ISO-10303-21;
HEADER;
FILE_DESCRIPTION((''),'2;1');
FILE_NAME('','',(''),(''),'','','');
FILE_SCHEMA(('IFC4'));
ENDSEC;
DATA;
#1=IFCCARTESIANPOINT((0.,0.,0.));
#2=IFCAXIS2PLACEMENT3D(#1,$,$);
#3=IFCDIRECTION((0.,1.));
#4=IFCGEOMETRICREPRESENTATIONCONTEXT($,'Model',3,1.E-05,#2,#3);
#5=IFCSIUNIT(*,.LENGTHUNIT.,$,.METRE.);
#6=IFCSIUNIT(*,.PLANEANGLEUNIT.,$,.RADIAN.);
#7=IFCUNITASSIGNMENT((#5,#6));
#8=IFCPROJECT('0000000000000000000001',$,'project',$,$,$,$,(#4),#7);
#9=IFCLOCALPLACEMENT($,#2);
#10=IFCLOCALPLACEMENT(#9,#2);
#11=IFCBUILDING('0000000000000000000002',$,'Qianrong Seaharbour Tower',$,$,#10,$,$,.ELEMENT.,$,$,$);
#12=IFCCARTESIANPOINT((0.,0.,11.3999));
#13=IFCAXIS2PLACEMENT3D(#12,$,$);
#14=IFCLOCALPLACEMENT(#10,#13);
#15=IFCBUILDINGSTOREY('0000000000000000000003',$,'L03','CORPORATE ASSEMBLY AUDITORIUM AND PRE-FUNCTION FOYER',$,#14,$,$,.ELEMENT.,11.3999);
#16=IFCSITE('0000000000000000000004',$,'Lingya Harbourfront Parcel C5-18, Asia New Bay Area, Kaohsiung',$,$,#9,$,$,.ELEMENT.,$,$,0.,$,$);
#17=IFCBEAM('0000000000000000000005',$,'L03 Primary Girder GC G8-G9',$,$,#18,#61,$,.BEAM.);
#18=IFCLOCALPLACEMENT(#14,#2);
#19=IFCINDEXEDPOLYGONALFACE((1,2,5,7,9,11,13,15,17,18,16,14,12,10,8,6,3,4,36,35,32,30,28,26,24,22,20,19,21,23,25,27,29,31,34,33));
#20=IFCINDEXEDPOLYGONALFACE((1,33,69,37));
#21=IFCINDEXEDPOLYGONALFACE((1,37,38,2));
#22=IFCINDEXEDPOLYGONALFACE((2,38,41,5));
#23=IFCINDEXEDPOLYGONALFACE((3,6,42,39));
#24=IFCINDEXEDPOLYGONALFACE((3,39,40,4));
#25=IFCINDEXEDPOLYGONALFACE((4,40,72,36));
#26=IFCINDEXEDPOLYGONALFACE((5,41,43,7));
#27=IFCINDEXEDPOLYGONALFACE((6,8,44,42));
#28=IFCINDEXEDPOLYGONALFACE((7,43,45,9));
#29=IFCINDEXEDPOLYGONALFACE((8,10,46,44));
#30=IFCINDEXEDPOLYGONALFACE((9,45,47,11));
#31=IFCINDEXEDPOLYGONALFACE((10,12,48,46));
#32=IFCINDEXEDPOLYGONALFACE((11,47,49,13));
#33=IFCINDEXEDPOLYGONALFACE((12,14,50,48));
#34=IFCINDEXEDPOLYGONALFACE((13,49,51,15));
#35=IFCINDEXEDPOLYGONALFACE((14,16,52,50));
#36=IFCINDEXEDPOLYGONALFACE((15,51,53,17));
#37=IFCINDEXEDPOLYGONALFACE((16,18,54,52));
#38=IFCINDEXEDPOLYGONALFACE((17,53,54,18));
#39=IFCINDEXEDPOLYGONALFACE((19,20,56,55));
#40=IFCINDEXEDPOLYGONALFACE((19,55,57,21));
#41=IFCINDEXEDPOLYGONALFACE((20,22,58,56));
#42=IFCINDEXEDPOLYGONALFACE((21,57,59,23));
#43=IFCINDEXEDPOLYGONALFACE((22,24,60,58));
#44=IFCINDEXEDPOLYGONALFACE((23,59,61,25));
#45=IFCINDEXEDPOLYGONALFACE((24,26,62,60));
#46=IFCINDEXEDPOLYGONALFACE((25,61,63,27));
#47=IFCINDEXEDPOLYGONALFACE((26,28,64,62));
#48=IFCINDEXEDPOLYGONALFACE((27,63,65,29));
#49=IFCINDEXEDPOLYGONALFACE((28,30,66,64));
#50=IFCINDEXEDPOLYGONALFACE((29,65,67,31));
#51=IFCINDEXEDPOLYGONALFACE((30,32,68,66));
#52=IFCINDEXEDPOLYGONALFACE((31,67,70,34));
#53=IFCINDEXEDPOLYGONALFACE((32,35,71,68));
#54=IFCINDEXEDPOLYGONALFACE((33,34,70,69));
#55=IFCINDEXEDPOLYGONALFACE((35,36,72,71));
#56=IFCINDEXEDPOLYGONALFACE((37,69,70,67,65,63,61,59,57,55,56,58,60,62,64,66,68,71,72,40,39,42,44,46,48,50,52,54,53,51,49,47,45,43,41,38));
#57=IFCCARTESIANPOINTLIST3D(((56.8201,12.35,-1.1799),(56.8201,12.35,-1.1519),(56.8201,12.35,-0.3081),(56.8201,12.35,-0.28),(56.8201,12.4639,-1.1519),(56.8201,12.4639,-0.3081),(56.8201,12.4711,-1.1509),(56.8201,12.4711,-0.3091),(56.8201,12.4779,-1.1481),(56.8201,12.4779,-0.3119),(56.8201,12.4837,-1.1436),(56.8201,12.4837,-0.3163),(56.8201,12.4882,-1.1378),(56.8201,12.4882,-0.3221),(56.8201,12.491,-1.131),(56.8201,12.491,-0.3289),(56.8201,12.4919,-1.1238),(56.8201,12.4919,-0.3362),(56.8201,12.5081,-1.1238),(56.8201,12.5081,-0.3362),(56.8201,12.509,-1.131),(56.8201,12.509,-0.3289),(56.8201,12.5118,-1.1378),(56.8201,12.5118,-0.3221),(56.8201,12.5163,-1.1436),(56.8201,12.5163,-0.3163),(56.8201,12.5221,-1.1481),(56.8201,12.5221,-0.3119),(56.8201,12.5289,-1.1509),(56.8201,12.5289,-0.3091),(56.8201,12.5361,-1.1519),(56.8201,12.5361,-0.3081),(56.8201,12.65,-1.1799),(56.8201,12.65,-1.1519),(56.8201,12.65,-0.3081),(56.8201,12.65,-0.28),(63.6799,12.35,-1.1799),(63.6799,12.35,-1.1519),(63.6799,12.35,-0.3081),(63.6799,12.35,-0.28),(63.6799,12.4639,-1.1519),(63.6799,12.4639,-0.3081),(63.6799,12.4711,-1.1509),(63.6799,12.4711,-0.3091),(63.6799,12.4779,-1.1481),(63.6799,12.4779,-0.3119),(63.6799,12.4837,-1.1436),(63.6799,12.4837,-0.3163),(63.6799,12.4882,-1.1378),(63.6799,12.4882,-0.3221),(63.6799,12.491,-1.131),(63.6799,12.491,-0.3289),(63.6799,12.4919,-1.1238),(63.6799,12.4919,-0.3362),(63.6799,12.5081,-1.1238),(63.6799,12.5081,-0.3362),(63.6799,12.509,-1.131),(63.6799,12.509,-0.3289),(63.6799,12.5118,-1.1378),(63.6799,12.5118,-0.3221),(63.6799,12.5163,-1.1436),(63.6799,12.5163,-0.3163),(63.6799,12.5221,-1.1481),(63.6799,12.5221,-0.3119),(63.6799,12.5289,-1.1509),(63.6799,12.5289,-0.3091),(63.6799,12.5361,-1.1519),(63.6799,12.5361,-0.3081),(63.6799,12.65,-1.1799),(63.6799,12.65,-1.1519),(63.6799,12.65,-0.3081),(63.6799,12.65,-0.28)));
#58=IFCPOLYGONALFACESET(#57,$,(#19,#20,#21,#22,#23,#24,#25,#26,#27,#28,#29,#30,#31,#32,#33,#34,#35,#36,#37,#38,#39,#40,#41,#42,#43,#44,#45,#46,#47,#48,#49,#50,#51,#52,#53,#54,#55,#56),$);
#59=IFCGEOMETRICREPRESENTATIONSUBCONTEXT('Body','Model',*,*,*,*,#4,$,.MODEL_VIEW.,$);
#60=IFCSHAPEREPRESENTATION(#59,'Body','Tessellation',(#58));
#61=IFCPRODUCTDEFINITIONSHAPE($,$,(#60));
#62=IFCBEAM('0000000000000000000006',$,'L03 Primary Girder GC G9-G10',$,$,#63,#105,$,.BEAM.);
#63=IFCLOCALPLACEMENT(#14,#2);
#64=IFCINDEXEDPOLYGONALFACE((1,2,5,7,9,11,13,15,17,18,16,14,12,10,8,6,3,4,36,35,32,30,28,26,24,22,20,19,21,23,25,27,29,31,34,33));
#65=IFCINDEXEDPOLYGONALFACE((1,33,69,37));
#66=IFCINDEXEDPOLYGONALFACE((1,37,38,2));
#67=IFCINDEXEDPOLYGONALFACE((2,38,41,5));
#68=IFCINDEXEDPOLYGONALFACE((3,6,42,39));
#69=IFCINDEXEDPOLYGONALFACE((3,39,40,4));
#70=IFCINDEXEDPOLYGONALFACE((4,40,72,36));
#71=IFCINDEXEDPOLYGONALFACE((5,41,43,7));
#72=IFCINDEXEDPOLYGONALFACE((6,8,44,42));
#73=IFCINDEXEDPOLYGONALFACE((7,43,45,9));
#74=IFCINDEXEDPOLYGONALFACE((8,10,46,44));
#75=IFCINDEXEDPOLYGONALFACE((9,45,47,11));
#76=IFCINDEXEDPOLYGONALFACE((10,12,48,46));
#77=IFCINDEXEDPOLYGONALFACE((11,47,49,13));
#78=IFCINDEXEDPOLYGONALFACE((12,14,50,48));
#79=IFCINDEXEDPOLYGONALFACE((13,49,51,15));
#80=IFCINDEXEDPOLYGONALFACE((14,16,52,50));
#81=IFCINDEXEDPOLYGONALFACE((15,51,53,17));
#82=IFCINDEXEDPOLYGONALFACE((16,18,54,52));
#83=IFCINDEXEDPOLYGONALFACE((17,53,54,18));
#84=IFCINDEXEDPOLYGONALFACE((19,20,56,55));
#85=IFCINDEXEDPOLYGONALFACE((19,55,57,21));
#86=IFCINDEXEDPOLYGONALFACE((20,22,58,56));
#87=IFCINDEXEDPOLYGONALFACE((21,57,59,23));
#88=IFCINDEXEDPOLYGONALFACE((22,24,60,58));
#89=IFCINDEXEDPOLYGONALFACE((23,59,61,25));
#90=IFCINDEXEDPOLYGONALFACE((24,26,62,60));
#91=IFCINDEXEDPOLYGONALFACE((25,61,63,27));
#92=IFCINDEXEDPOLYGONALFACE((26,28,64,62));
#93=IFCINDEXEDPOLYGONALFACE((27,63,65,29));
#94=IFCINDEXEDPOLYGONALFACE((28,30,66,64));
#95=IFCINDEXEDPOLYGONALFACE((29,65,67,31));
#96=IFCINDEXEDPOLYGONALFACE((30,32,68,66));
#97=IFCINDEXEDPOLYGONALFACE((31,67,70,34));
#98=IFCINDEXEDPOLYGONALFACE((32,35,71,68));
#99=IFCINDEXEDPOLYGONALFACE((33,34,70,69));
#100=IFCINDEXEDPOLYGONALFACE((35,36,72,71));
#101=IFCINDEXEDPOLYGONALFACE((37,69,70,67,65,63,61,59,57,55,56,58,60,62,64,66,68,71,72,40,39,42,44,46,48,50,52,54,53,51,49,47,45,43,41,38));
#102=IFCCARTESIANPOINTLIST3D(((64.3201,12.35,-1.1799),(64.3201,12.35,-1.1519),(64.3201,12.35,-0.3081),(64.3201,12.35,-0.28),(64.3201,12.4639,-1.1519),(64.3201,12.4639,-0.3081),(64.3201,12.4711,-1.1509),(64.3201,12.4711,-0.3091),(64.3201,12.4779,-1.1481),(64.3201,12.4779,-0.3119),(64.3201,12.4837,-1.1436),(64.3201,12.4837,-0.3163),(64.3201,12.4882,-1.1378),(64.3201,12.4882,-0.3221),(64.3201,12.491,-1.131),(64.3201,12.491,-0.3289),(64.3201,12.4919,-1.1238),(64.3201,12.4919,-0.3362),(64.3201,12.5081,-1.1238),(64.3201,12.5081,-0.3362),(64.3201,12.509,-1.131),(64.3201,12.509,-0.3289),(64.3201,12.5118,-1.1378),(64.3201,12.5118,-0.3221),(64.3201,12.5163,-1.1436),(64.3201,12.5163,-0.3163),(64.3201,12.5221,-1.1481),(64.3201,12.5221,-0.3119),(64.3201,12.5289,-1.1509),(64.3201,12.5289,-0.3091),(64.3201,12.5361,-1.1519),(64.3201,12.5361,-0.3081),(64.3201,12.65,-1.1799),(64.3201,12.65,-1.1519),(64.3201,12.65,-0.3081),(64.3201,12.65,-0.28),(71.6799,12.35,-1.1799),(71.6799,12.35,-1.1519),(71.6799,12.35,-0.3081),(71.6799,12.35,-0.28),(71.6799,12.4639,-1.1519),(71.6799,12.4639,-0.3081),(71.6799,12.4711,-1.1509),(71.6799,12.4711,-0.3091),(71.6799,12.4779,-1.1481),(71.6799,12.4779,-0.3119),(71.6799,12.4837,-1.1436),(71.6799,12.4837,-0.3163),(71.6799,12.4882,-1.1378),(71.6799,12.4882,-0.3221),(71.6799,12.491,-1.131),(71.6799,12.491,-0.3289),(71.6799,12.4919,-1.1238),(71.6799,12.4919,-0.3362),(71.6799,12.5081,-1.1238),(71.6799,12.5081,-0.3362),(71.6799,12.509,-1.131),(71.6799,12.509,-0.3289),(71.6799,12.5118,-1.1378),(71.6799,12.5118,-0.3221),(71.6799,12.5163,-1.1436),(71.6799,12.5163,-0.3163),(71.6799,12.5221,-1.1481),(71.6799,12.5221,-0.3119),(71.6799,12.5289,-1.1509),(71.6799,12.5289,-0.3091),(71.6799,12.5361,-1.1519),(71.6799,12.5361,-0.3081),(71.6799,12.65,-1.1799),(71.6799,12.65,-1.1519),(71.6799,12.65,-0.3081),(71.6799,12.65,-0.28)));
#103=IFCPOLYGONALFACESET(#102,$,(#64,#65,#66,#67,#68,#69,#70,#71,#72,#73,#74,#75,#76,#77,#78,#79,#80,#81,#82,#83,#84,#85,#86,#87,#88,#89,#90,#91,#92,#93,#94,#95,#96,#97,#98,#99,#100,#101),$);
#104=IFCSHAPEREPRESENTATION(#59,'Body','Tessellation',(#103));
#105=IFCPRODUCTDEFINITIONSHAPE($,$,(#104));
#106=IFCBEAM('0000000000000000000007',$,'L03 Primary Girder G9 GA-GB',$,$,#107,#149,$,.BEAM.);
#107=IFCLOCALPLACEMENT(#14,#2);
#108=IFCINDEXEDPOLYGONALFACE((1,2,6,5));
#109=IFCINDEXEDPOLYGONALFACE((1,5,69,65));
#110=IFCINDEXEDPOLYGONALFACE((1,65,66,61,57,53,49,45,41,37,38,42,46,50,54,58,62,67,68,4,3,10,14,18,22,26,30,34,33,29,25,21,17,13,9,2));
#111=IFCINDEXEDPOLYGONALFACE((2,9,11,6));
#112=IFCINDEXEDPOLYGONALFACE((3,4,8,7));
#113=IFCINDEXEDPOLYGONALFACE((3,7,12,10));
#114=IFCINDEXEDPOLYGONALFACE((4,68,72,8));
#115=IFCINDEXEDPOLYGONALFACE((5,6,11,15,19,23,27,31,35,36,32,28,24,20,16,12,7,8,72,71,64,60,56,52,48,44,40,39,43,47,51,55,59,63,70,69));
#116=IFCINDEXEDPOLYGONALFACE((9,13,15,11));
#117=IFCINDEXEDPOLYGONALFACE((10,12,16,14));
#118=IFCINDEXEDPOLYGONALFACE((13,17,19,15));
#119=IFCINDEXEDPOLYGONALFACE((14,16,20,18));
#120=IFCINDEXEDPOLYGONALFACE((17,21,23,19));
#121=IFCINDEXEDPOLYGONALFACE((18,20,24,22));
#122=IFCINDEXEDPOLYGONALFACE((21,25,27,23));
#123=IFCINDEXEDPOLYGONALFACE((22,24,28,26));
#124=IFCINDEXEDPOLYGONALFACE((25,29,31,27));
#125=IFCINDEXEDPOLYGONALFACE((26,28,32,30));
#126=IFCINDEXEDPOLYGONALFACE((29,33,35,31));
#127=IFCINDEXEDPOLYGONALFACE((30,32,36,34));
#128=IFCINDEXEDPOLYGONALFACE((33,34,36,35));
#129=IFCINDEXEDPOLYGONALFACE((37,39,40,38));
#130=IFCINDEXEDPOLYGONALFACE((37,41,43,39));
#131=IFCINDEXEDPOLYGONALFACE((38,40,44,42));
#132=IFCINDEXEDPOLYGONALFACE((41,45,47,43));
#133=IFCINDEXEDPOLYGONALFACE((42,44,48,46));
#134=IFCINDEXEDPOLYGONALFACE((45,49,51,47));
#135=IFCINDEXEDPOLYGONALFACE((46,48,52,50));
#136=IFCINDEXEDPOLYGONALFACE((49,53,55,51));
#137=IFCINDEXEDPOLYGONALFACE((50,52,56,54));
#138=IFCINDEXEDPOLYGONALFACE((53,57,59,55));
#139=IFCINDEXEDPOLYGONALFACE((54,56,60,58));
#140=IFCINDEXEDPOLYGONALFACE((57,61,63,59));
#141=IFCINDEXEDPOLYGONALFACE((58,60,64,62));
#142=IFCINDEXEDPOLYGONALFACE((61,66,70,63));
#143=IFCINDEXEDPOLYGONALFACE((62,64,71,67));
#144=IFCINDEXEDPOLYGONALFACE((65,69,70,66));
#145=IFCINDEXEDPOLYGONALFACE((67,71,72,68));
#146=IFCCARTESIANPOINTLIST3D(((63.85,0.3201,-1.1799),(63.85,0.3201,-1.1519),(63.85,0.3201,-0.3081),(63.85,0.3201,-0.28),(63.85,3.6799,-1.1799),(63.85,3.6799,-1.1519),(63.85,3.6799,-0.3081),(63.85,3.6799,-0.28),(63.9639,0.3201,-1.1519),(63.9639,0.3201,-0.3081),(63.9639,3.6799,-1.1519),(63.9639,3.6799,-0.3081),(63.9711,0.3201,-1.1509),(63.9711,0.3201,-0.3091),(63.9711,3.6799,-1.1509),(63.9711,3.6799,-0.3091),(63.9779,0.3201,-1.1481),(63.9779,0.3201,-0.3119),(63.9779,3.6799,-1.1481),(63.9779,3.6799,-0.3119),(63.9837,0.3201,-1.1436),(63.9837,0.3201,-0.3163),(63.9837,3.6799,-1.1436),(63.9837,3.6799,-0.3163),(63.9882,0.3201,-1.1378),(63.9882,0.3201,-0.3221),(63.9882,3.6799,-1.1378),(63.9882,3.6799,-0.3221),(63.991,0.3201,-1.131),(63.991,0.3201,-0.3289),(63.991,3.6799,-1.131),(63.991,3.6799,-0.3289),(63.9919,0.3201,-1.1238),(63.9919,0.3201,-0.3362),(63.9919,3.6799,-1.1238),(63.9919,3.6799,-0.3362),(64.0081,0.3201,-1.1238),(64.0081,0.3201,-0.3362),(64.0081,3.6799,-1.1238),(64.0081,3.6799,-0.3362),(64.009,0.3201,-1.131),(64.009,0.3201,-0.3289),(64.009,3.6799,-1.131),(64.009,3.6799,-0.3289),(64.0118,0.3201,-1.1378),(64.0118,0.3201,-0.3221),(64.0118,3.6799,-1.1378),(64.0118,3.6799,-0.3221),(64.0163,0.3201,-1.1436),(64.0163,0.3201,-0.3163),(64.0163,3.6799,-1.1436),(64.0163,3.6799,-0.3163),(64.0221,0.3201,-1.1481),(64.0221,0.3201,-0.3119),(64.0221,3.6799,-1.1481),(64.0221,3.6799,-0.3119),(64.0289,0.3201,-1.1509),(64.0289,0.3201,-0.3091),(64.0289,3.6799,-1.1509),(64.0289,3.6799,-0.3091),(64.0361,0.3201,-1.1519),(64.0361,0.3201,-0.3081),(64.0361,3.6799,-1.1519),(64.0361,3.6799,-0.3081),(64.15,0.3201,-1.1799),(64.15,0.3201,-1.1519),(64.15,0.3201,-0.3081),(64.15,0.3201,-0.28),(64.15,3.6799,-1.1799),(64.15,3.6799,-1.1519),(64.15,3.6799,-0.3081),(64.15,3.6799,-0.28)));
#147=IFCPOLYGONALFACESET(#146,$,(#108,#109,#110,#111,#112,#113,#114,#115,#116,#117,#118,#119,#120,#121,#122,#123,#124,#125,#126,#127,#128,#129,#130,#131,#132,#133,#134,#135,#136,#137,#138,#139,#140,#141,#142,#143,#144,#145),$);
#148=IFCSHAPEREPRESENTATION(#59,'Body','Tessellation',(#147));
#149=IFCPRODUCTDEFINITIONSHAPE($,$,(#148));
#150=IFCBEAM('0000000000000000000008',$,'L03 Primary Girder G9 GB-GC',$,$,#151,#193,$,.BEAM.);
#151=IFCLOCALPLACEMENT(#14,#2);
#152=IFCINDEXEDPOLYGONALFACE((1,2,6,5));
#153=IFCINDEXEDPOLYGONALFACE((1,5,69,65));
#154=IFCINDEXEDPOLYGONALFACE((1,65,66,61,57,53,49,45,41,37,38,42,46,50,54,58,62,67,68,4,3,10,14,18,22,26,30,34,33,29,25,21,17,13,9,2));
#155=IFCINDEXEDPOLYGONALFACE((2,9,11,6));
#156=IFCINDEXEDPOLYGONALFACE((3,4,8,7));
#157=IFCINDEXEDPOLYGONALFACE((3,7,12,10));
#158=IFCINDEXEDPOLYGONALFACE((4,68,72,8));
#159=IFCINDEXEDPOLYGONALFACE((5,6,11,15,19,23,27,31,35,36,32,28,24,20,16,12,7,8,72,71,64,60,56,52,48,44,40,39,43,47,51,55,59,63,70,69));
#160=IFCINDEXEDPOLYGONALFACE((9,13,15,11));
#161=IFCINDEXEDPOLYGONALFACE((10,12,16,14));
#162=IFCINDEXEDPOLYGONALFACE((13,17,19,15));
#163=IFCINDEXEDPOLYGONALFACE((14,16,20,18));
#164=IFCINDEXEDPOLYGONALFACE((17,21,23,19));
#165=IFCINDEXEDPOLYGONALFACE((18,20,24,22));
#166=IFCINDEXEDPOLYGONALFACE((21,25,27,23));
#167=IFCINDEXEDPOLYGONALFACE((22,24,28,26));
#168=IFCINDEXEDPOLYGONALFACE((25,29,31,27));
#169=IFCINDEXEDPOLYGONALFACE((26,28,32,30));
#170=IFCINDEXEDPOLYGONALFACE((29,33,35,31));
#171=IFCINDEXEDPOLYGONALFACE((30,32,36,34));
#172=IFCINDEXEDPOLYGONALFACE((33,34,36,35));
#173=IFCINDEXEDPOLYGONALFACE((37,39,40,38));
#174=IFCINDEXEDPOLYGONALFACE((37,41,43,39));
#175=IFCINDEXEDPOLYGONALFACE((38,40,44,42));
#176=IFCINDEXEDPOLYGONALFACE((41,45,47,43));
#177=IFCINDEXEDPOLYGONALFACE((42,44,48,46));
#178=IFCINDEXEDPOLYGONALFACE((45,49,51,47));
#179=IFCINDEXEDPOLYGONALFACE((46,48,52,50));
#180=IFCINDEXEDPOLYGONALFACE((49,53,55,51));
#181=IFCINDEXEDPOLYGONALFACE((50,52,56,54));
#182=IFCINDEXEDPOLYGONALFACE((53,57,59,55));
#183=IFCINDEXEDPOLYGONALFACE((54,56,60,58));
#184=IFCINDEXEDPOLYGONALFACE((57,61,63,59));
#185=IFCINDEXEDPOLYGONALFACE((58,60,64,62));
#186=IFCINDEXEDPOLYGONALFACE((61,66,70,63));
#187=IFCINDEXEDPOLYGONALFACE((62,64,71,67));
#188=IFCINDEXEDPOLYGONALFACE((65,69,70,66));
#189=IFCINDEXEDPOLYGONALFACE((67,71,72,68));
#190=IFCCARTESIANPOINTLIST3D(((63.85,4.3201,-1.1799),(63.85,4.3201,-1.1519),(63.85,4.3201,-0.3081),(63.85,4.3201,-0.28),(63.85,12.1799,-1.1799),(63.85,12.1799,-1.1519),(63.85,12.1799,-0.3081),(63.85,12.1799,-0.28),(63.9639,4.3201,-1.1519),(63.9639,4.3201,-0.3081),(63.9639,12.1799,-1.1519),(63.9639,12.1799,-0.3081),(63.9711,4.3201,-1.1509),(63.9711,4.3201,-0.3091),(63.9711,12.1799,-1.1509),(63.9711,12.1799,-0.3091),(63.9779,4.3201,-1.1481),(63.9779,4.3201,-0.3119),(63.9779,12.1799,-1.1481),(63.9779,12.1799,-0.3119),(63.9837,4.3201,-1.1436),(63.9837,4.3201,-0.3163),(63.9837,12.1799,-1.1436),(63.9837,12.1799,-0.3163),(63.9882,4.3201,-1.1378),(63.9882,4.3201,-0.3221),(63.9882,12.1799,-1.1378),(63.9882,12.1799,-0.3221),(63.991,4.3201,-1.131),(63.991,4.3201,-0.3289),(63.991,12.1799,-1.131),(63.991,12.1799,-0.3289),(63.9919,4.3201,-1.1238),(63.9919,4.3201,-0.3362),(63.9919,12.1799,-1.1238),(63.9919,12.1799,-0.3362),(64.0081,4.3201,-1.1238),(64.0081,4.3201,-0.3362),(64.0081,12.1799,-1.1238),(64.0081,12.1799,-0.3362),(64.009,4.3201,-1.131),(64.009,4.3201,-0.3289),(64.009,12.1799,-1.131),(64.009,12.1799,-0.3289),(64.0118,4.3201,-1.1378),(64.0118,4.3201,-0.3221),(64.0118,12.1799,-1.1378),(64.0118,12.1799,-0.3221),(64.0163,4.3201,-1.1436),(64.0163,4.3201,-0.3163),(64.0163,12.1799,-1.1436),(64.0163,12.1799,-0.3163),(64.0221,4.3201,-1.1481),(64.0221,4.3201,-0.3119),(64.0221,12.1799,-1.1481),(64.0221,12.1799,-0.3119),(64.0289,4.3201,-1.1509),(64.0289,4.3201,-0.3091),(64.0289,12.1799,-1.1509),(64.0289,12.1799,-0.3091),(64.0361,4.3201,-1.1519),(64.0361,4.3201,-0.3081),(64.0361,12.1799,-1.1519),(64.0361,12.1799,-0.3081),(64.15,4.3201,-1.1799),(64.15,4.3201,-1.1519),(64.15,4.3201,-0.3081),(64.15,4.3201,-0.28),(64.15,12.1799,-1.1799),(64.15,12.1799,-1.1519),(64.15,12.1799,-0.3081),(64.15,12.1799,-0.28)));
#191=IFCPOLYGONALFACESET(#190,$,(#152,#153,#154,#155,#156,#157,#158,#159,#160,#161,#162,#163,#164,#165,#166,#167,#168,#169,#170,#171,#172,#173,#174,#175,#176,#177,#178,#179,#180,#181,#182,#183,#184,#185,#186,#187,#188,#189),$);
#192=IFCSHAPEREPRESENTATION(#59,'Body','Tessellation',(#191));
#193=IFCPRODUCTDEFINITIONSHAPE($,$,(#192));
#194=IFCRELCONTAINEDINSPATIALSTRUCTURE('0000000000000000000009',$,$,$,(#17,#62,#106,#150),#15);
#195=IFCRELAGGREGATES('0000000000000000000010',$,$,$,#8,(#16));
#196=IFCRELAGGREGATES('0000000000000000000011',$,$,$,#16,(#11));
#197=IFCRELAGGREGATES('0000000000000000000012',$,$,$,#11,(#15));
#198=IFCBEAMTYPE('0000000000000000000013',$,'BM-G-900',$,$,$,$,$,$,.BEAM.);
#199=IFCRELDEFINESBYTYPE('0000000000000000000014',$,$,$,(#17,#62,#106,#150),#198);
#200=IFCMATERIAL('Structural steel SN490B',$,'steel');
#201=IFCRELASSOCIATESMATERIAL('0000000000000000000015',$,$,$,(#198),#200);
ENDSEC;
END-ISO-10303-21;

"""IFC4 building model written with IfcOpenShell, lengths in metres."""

from ifc_helpers import new_model, si_unit, direction, frame, origin, origin_2d, place, context, subcontext, project, spatial, i_section, extrude, material, material_profile, profile_set, type_object, element, save


model = new_model("IFC4")

# Units and contexts
model_context = context("Model", 3, precision=1e-05, world=origin(), true_north=direction((0.0, 1.0)))
body_context = subcontext(model_context, "Body", "Model", "MODEL_VIEW")
ifc_project = project(units=[si_unit("LENGTHUNIT", "METRE"), si_unit("PLANEANGLEUNIT", "RADIAN")], contexts=[model_context])

# Site, building, storey
site_placement = place(None, origin())
site = spatial("IfcSite", under=ifc_project, at=site_placement, Name="Lingya Harbourfront Parcel C5-18, Asia New Bay Area, Kaohsiung", CompositionType="ELEMENT", RefElevation=0.0)
building_placement = place(site_placement, origin())
building = spatial("IfcBuilding", under=site, at=building_placement, Name="Qianrong Seaharbour Tower", CompositionType="ELEMENT")
storey_placement = place(building_placement, frame((0.0, 0.0, 11.3999)))
storey = spatial("IfcBuildingStorey", under=building, at=storey_placement, Name="L03", Description="CORPORATE ASSEMBLY AUDITORIUM AND PRE-FUNCTION FOYER", CompositionType="ELEMENT", Elevation=11.3999)

# Beams
ifc_material_1 = material(Name="Structural steel SN490B", Category="steel")
ifc_material_profile_1 = material_profile(ifc_material_1, i_section(OverallWidth=0.3, OverallDepth=0.8999, WebThickness=0.0161, FlangeThickness=0.0281, FilletRadius=0.0281, at=origin_2d()), Name="H900x300x16x28")
ifc_profile_set_1 = profile_set([ifc_material_profile_1], Name="Structural steel SN490B")
beam_type_1 = type_object("IfcBeamType", Name="BM-G-900", PredefinedType="BEAM", material=ifc_profile_set_1)
beam_1_placement = place(storey_placement, frame((56.8201, 12.5, -0.73), z_axis=(1.0, 0.0, 0.0), x_axis=(0.0, 1.0, 0.0)))
element("IfcBeam", 1, at=beam_1_placement, inside=storey, type_object=beam_type_1, Name="L03 Primary Girder GC G8-G9", PredefinedType="BEAM", context=body_context, shape_type="SweptSolid", body=[
    extrude(i_section(OverallWidth=0.3, OverallDepth=0.8999, WebThickness=0.0161, FlangeThickness=0.0281, FilletRadius=0.0281, at=origin_2d()), origin(), (0.0, 0.0, 1.0), 6.8599),
])
beam_2_placement = place(storey_placement, frame((64.3201, 12.5, -0.73), z_axis=(1.0, 0.0, 0.0), x_axis=(0.0, 1.0, 0.0)))
element("IfcBeam", 2, at=beam_2_placement, inside=storey, type_object=beam_type_1, Name="L03 Primary Girder GC G9-G10", PredefinedType="BEAM", context=body_context, shape_type="SweptSolid", body=[
    extrude(i_section(OverallWidth=0.3, OverallDepth=0.8999, WebThickness=0.0161, FlangeThickness=0.0281, FilletRadius=0.0281, at=origin_2d()), origin(), (0.0, 0.0, 1.0), 7.3599),
])
beam_3_placement = place(storey_placement, frame((64.0, 0.3201, -0.73), z_axis=(0.0, 1.0, 0.0), x_axis=(-1.0, 0.0, 0.0)))
element("IfcBeam", 3, at=beam_3_placement, inside=storey, type_object=beam_type_1, Name="L03 Primary Girder G9 GA-GB", PredefinedType="BEAM", context=body_context, shape_type="SweptSolid", body=[
    extrude(i_section(OverallWidth=0.3, OverallDepth=0.8999, WebThickness=0.0161, FlangeThickness=0.0281, FilletRadius=0.0281, at=origin_2d()), origin(), (0.0, 0.0, 1.0), 3.3599),
])
beam_4_placement = place(storey_placement, frame((64.0, 4.3201, -0.73), z_axis=(0.0, 1.0, 0.0), x_axis=(-1.0, 0.0, 0.0)))
element("IfcBeam", 4, at=beam_4_placement, inside=storey, type_object=beam_type_1, Name="L03 Primary Girder G9 GB-GC", PredefinedType="BEAM", context=body_context, shape_type="SweptSolid", body=[
    extrude(i_section(OverallWidth=0.3, OverallDepth=0.8999, WebThickness=0.0161, FlangeThickness=0.0281, FilletRadius=0.0281, at=origin_2d()), origin(), (0.0, 0.0, 1.0), 7.8599),
])

save(model, "model.ifc")
